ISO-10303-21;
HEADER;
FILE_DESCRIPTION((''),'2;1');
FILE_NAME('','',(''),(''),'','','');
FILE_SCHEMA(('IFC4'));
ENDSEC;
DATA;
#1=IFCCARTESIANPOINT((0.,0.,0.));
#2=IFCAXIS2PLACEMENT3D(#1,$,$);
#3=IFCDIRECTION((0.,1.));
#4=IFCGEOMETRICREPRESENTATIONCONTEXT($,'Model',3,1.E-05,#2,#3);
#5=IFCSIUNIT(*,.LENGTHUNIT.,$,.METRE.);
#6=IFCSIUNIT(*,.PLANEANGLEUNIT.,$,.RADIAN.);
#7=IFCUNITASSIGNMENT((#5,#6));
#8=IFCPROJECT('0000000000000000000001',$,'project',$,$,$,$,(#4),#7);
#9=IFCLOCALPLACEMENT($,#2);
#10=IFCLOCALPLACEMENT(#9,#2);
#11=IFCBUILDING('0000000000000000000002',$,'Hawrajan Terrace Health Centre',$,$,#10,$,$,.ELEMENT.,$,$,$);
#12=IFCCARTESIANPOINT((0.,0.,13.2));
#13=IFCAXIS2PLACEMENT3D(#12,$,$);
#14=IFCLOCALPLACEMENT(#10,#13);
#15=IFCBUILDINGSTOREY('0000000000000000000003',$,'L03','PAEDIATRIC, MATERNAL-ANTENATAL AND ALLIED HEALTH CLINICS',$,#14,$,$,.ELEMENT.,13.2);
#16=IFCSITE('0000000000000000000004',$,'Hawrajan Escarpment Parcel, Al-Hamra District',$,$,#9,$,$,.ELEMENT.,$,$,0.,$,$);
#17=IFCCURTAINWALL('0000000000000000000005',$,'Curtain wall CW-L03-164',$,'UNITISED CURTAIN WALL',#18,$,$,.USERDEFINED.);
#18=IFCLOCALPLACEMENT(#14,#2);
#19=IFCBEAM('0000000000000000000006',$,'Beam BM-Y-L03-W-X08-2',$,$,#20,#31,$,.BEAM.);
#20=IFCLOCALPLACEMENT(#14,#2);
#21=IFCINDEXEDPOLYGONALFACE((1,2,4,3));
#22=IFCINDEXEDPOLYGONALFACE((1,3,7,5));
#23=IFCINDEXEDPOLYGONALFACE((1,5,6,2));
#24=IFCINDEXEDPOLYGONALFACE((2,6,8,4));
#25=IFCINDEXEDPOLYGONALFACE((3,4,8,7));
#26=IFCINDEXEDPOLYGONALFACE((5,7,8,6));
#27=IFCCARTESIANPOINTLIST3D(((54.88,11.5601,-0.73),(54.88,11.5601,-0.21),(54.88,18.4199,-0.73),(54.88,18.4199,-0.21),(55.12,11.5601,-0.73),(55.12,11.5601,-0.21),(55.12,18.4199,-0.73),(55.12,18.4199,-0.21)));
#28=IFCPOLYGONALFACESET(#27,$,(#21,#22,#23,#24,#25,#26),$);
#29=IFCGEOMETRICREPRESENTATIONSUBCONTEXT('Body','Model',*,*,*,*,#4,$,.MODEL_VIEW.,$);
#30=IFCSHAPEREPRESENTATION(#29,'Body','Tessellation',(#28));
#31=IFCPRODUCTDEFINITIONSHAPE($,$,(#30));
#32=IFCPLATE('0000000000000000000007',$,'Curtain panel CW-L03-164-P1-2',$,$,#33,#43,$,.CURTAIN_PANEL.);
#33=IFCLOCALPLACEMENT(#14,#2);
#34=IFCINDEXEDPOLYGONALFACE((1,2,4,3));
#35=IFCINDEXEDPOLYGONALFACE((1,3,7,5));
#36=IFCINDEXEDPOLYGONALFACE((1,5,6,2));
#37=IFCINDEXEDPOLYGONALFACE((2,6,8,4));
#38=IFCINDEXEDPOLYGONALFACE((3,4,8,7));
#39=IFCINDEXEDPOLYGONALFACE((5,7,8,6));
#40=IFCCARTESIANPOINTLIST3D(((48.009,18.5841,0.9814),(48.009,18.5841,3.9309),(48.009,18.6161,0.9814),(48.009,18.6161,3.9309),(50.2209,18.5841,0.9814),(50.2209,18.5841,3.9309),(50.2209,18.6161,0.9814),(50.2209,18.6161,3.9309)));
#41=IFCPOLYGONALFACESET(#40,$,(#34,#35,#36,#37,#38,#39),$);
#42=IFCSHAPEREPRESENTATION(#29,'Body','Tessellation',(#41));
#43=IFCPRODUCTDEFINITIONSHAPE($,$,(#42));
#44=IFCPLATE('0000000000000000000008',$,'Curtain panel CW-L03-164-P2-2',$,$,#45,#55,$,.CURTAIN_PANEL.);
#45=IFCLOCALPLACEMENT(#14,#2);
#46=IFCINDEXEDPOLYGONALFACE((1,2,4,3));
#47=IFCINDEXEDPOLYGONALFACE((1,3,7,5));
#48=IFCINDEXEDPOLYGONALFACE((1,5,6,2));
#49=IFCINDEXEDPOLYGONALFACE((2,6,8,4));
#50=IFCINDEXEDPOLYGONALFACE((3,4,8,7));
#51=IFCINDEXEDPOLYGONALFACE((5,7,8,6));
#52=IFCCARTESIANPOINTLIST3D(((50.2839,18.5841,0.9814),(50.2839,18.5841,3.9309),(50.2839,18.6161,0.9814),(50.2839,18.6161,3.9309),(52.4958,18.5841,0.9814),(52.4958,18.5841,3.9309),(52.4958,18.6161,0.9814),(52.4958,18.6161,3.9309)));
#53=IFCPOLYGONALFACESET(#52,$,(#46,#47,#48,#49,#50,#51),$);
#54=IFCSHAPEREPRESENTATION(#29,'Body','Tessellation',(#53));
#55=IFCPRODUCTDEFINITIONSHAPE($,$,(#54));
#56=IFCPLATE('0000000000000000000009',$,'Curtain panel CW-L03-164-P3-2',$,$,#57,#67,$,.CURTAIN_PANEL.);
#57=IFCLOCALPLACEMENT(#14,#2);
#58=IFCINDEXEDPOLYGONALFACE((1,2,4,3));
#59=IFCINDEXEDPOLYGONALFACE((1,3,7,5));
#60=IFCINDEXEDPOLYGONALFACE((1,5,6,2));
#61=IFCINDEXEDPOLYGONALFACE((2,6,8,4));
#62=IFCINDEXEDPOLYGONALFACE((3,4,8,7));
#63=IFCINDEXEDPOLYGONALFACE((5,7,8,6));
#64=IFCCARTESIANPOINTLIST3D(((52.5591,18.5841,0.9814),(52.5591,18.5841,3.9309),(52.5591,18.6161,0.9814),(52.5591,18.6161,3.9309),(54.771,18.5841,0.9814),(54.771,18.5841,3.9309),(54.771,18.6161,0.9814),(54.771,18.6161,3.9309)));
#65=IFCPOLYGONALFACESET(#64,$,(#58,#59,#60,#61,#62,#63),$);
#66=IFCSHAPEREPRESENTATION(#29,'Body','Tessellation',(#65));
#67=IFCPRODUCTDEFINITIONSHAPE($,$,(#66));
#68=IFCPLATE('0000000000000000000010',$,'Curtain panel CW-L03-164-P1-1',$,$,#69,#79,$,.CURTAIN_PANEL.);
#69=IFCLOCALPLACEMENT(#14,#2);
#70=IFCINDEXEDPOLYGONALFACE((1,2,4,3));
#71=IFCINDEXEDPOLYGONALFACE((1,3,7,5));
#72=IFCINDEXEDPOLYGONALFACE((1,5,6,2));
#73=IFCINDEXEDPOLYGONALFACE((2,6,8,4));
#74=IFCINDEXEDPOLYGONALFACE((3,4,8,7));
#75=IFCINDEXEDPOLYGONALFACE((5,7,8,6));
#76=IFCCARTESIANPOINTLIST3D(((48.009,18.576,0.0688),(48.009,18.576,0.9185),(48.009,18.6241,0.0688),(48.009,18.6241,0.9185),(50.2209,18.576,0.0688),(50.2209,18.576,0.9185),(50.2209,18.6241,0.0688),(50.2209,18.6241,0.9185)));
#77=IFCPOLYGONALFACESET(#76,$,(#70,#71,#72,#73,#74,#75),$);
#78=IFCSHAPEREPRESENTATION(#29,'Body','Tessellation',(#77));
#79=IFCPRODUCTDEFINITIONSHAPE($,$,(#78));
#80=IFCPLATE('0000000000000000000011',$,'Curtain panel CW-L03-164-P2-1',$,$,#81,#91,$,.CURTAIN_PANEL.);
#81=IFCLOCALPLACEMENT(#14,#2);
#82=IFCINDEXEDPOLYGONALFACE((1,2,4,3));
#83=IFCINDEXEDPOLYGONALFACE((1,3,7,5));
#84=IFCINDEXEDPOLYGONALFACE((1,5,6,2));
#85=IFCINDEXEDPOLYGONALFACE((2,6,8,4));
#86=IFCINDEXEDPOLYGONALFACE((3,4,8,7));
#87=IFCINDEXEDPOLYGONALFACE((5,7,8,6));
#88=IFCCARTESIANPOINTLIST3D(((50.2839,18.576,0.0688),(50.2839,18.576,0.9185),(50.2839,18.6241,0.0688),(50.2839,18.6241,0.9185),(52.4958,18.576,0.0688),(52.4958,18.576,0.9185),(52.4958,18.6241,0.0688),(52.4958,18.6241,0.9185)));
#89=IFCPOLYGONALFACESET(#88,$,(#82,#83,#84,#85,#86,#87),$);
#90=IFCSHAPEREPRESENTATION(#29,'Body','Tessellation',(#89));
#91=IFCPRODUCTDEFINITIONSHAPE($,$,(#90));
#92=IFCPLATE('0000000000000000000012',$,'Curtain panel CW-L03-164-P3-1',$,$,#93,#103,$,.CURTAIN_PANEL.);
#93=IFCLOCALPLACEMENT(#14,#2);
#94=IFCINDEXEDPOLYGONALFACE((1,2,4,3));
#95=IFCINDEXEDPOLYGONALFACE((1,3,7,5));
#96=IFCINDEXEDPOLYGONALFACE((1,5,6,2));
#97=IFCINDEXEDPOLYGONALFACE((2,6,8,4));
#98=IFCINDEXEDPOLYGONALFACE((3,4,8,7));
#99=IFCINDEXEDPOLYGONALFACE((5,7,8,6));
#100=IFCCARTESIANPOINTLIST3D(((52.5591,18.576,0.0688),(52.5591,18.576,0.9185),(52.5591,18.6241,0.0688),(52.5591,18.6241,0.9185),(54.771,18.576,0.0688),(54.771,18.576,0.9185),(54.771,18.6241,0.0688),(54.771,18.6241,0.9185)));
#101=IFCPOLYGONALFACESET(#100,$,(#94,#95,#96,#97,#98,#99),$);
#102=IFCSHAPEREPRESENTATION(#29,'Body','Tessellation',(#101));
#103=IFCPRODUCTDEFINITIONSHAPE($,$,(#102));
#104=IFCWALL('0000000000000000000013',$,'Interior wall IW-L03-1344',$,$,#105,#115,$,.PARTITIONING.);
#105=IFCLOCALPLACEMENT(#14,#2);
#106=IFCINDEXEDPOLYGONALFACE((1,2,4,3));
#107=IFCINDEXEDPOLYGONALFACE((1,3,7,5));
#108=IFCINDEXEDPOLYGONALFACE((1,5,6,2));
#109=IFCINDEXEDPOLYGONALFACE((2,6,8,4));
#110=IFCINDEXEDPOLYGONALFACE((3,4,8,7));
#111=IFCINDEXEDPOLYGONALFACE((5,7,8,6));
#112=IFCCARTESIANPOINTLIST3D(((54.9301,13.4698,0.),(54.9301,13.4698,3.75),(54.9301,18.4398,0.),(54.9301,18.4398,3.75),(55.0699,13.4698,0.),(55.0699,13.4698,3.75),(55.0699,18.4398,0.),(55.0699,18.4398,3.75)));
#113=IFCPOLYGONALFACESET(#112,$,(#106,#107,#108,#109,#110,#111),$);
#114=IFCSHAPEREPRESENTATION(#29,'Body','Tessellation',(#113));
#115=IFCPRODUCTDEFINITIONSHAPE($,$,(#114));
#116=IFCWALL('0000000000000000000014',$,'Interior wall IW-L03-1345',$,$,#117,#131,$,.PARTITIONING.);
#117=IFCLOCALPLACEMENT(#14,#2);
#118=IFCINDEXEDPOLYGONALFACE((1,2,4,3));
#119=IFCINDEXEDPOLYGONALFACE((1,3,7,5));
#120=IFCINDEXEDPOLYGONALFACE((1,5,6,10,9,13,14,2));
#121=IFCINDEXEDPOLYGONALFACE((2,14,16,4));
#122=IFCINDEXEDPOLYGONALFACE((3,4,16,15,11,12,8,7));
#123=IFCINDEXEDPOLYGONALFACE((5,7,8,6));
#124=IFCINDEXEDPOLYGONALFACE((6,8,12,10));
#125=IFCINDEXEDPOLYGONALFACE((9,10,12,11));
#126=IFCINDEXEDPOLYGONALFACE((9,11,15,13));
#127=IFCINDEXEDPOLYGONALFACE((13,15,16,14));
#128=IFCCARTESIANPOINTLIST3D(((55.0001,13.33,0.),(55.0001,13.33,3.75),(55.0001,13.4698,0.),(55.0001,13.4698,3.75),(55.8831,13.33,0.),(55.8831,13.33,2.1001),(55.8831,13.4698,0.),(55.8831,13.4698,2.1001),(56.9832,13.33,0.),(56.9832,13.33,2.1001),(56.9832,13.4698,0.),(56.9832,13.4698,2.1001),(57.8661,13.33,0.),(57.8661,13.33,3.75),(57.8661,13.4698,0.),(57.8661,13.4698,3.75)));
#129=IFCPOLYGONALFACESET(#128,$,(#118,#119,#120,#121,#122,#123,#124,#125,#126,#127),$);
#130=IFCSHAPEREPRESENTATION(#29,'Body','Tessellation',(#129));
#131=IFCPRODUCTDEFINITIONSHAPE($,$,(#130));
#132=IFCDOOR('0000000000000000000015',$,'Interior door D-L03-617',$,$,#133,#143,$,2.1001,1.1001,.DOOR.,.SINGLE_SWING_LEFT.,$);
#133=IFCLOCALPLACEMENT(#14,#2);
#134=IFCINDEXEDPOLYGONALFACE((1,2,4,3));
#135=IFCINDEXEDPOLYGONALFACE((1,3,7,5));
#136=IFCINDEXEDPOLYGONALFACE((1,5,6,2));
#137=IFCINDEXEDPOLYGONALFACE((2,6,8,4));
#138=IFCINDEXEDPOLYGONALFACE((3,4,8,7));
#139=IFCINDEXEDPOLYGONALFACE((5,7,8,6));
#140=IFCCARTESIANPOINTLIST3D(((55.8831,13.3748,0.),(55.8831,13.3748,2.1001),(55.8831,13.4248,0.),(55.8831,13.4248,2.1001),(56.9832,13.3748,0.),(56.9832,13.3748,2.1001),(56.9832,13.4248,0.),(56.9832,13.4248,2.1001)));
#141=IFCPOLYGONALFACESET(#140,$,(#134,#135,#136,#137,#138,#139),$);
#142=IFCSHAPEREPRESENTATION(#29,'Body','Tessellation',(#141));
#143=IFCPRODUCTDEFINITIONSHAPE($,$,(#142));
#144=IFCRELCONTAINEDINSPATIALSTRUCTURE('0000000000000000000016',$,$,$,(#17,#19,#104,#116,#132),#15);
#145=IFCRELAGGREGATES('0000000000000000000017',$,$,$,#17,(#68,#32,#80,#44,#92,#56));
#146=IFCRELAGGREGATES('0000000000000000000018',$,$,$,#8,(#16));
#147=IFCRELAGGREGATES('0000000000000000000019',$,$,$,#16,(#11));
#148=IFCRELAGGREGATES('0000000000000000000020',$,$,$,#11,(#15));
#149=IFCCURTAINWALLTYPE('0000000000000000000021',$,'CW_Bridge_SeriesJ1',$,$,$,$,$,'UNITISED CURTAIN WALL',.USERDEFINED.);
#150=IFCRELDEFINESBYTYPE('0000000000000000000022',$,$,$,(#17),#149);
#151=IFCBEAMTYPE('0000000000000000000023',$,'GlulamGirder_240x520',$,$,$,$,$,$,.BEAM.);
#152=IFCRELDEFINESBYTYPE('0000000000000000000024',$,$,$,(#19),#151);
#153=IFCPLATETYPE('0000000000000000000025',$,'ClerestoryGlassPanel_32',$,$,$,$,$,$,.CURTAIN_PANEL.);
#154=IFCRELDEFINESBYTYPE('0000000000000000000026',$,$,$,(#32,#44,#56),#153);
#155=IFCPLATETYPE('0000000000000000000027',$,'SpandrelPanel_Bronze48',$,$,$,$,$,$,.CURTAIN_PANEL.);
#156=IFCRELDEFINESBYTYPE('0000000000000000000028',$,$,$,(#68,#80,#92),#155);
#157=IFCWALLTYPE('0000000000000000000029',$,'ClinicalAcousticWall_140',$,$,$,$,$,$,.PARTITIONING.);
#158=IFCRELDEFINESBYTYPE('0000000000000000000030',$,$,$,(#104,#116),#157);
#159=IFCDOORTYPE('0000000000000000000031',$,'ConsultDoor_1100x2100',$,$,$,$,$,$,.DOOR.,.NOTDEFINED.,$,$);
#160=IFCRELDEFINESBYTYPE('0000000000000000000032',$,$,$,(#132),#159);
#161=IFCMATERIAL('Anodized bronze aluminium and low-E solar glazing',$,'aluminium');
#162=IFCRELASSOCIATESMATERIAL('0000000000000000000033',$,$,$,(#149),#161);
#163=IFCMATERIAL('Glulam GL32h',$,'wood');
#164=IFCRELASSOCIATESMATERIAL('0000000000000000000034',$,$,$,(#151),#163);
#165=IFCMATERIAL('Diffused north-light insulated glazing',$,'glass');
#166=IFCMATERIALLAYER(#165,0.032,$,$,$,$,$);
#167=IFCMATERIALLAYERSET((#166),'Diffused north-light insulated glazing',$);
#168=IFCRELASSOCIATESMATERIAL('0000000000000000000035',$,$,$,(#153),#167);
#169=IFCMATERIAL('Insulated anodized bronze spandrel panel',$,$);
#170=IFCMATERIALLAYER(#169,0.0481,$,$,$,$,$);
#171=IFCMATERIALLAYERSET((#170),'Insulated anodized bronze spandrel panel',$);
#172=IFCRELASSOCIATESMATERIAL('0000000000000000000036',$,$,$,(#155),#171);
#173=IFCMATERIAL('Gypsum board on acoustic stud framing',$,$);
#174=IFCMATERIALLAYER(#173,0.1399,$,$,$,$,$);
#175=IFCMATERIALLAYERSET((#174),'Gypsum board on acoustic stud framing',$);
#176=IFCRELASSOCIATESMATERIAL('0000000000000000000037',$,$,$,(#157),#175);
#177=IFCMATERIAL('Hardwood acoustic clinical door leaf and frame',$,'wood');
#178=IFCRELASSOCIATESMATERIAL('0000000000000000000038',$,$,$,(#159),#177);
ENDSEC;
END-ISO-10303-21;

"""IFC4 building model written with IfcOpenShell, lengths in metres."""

from ifc_helpers import new_model, si_unit, direction, frame, frame_2d, origin, origin_2d, place, context, subcontext, project, spatial, rectangle, extrude, material, layer, layer_set, material_profile, profile_set, type_object, element, fill, aggregate, save


model = new_model("IFC4")

# Units and contexts
model_context = context("Model", 3, precision=1e-05, world=origin(), true_north=direction((0.0, 1.0)))
body_context = subcontext(model_context, "Body", "Model", "MODEL_VIEW")
ifc_project = project(units=[si_unit("LENGTHUNIT", "METRE"), si_unit("PLANEANGLEUNIT", "RADIAN")], contexts=[model_context])

# Site, building, storey
site_placement = place(None, origin())
site = spatial("IfcSite", under=ifc_project, at=site_placement, Name="Hawrajan Escarpment Parcel, Al-Hamra District", CompositionType="ELEMENT", RefElevation=0.0)
building_placement = place(site_placement, origin())
building = spatial("IfcBuilding", under=site, at=building_placement, Name="Hawrajan Terrace Health Centre", CompositionType="ELEMENT")
storey_placement = place(building_placement, frame((0.0, 0.0, 13.2)))
storey = spatial("IfcBuildingStorey", under=building, at=storey_placement, Name="L03", Description="PAEDIATRIC, MATERNAL-ANTENATAL AND ALLIED HEALTH CLINICS", CompositionType="ELEMENT", Elevation=13.2)

# Shared definitions
ifc_material_1 = material(Name="Glulam GL32h", Category="wood")

# Curtain wall
ifc_material_2 = material(Name="Anodized bronze aluminium and low-E solar glazing", Category="aluminium")
curtain_wall_type = type_object("IfcCurtainWallType", Name="CW_Bridge_SeriesJ1", ElementType="UNITISED CURTAIN WALL", PredefinedType="USERDEFINED", material=ifc_material_2)
curtain_wall_placement = place(storey_placement, origin())
curtain_wall = element("IfcCurtainWall", 1, at=curtain_wall_placement, inside=storey, type_object=curtain_wall_type, Name="Curtain wall CW-L03-164", ObjectType="UNITISED CURTAIN WALL", PredefinedType="USERDEFINED")

# Beam
ifc_material_profile_1 = material_profile(ifc_material_1, rectangle(XDim=0.24, YDim=0.52, at=origin_2d()), Name="GL BM 240x520")
ifc_profile_set_1 = profile_set([ifc_material_profile_1], Name="Glulam GL32h")
beam_type = type_object("IfcBeamType", Name="GlulamGirder_240x520", PredefinedType="BEAM", material=ifc_profile_set_1)
beam_placement = place(storey_placement, frame((55.0, 11.5601, -0.47), z_axis=(0.0, 1.0, 0.0), x_axis=(-1.0, 0.0, 0.0)))
element("IfcBeam", 2, at=beam_placement, inside=storey, type_object=beam_type, Name="Beam BM-Y-L03-W-X08-2", PredefinedType="BEAM", context=body_context, shape_type="SweptSolid", body=[
    extrude(rectangle(XDim=0.24, YDim=0.52, at=origin_2d()), origin(), (0.0, 0.0, 1.0), 6.8599),
])

# Plates
ifc_material_3 = material(Name="Diffused north-light insulated glazing", Category="glass")
ifc_layer_1 = layer(ifc_material_3, 0.032)
ifc_layer_set_1 = layer_set([ifc_layer_1], Name="Diffused north-light insulated glazing")
plate_type_1 = type_object("IfcPlateType", Name="ClerestoryGlassPanel_32", PredefinedType="CURTAIN_PANEL", material=ifc_layer_set_1)
plate_1_placement = place(storey_placement, frame((49.115, 18.6001, 0.9814), z_axis=(0.0, 0.0, 1.0), x_axis=(1.0, 0.0, 0.0)))
plate_1 = element("IfcPlate", 3, at=plate_1_placement, type_object=plate_type_1, Name="Curtain panel CW-L03-164-P1-2", PredefinedType="CURTAIN_PANEL", context=body_context, shape_type="SweptSolid", body=[
    extrude(rectangle(XDim=2.2119, YDim=0.032, at=origin_2d()), origin(), (0.0, 0.0, 1.0), 2.9495),
])
plate_2_placement = place(storey_placement, frame((51.3899, 18.6001, 0.9814), z_axis=(0.0, 0.0, 1.0), x_axis=(1.0, 0.0, 0.0)))
plate_2 = element("IfcPlate", 4, at=plate_2_placement, type_object=plate_type_1, Name="Curtain panel CW-L03-164-P2-2", PredefinedType="CURTAIN_PANEL", context=body_context, shape_type="SweptSolid", body=[
    extrude(rectangle(XDim=2.2119, YDim=0.032, at=origin_2d()), origin(), (0.0, 0.0, 1.0), 2.9495),
])
plate_3_placement = place(storey_placement, frame((53.665, 18.6001, 0.9814), z_axis=(0.0, 0.0, 1.0), x_axis=(1.0, 0.0, 0.0)))
plate_3 = element("IfcPlate", 5, at=plate_3_placement, type_object=plate_type_1, Name="Curtain panel CW-L03-164-P3-2", PredefinedType="CURTAIN_PANEL", context=body_context, shape_type="SweptSolid", body=[
    extrude(rectangle(XDim=2.2119, YDim=0.032, at=origin_2d()), origin(), (0.0, 0.0, 1.0), 2.9495),
])
ifc_material_4 = material(Name="Insulated anodized bronze spandrel panel")
ifc_layer_2 = layer(ifc_material_4, 0.0481)
ifc_layer_set_2 = layer_set([ifc_layer_2], Name="Insulated anodized bronze spandrel panel")
plate_type_2 = type_object("IfcPlateType", Name="SpandrelPanel_Bronze48", PredefinedType="CURTAIN_PANEL", material=ifc_layer_set_2)
plate_4_placement = place(storey_placement, frame((49.115, 18.6001, 0.0688), z_axis=(0.0, 0.0, 1.0), x_axis=(1.0, 0.0, 0.0)))
plate_4 = element("IfcPlate", 6, at=plate_4_placement, type_object=plate_type_2, Name="Curtain panel CW-L03-164-P1-1", PredefinedType="CURTAIN_PANEL", context=body_context, shape_type="SweptSolid", body=[
    extrude(rectangle(XDim=2.2119, YDim=0.0481, at=origin_2d()), origin(), (0.0, 0.0, 1.0), 0.8496),
])
plate_5_placement = place(storey_placement, frame((51.3899, 18.6001, 0.0688), z_axis=(0.0, 0.0, 1.0), x_axis=(1.0, 0.0, 0.0)))
plate_5 = element("IfcPlate", 7, at=plate_5_placement, type_object=plate_type_2, Name="Curtain panel CW-L03-164-P2-1", PredefinedType="CURTAIN_PANEL", context=body_context, shape_type="SweptSolid", body=[
    extrude(rectangle(XDim=2.2119, YDim=0.0481, at=origin_2d()), origin(), (0.0, 0.0, 1.0), 0.8496),
])
plate_6_placement = place(storey_placement, frame((53.665, 18.6001, 0.0688), z_axis=(0.0, 0.0, 1.0), x_axis=(1.0, 0.0, 0.0)))
plate_6 = element("IfcPlate", 8, at=plate_6_placement, type_object=plate_type_2, Name="Curtain panel CW-L03-164-P3-1", PredefinedType="CURTAIN_PANEL", context=body_context, shape_type="SweptSolid", body=[
    extrude(rectangle(XDim=2.2119, YDim=0.0481, at=origin_2d()), origin(), (0.0, 0.0, 1.0), 0.8496),
])
aggregate(curtain_wall, [plate_4, plate_1, plate_5, plate_2, plate_6, plate_3])

# Wall
ifc_material_5 = material(Name="Gypsum board on acoustic stud framing")
ifc_layer_3 = layer(ifc_material_5, 0.1399)
ifc_layer_set_3 = layer_set([ifc_layer_3], Name="Gypsum board on acoustic stud framing")
wall_type = type_object("IfcWallType", Name="ClinicalAcousticWall_140", PredefinedType="PARTITIONING", material=ifc_layer_set_3)
wall_1_placement = place(storey_placement, frame((55.0, 13.47, 0.0), z_axis=(0.0, 0.0, 1.0), x_axis=(0.0, 1.0, 0.0)))
element("IfcWall", 9, at=wall_1_placement, inside=storey, type_object=wall_type, Name="Interior wall IW-L03-1344", PredefinedType="PARTITIONING", context=body_context, shape_type="SweptSolid", body=[
    extrude(rectangle(XDim=4.97, YDim=0.1399, at=frame_2d((2.4849, 0.0))), origin(), (0.0, 0.0, 1.0), 3.75),
])

# Wall, opening, door
wall_2_placement = place(storey_placement, frame((55.0, 13.3999, 0.0), z_axis=(0.0, 0.0, 1.0), x_axis=(1.0, 0.0, 0.0)))
wall_2 = element("IfcWall", 10, at=wall_2_placement, inside=storey, type_object=wall_type, Name="Interior wall IW-L03-1345", PredefinedType="PARTITIONING", context=body_context, shape_type="SweptSolid", body=[
    extrude(rectangle(XDim=2.866, YDim=0.1399, at=frame_2d((1.4331, 0.0))), origin(), (0.0, 0.0, 1.0), 3.75),
])
opening_placement = place(wall_2_placement, frame((0.8831, 0.0, 0.0)))
opening = element("IfcOpeningElement", 11, at=opening_placement, cuts=wall_2, PredefinedType="OPENING", context=body_context, shape_type="SweptSolid", body=[
    extrude(rectangle(XDim=1.1001, YDim=2.1001, at=frame_2d((0.55, 1.05))), frame((0.0, 0.0798, 0.0), z_axis=(0.0, -1.0, 0.0), x_axis=(1.0, 0.0, 0.0)), (0.0, 0.0, 1.0), 0.1599),
])
ifc_material_6 = material(Name="Hardwood acoustic clinical door leaf and frame", Category="wood")
door_type = type_object("IfcDoorType", Name="ConsultDoor_1100x2100", OperationType="NOTDEFINED", PredefinedType="DOOR", material=ifc_material_6)
door_placement = place(opening_placement, origin())
door = element("IfcDoor", 12, at=door_placement, inside=storey, type_object=door_type, Name="Interior door D-L03-617", OperationType="SINGLE_SWING_LEFT", OverallHeight=2.1001, OverallWidth=1.1001, PredefinedType="DOOR", context=body_context, shape_type="SweptSolid", body=[
    extrude(rectangle(XDim=1.1001, YDim=2.1001, at=frame_2d((0.55, 1.05))), frame((0.0, 0.0249, 0.0), z_axis=(0.0, -1.0, 0.0), x_axis=(1.0, 0.0, 0.0)), (0.0, 0.0, 1.0), 0.05),
])
fill(opening, door)

save(model, "model.ifc")
